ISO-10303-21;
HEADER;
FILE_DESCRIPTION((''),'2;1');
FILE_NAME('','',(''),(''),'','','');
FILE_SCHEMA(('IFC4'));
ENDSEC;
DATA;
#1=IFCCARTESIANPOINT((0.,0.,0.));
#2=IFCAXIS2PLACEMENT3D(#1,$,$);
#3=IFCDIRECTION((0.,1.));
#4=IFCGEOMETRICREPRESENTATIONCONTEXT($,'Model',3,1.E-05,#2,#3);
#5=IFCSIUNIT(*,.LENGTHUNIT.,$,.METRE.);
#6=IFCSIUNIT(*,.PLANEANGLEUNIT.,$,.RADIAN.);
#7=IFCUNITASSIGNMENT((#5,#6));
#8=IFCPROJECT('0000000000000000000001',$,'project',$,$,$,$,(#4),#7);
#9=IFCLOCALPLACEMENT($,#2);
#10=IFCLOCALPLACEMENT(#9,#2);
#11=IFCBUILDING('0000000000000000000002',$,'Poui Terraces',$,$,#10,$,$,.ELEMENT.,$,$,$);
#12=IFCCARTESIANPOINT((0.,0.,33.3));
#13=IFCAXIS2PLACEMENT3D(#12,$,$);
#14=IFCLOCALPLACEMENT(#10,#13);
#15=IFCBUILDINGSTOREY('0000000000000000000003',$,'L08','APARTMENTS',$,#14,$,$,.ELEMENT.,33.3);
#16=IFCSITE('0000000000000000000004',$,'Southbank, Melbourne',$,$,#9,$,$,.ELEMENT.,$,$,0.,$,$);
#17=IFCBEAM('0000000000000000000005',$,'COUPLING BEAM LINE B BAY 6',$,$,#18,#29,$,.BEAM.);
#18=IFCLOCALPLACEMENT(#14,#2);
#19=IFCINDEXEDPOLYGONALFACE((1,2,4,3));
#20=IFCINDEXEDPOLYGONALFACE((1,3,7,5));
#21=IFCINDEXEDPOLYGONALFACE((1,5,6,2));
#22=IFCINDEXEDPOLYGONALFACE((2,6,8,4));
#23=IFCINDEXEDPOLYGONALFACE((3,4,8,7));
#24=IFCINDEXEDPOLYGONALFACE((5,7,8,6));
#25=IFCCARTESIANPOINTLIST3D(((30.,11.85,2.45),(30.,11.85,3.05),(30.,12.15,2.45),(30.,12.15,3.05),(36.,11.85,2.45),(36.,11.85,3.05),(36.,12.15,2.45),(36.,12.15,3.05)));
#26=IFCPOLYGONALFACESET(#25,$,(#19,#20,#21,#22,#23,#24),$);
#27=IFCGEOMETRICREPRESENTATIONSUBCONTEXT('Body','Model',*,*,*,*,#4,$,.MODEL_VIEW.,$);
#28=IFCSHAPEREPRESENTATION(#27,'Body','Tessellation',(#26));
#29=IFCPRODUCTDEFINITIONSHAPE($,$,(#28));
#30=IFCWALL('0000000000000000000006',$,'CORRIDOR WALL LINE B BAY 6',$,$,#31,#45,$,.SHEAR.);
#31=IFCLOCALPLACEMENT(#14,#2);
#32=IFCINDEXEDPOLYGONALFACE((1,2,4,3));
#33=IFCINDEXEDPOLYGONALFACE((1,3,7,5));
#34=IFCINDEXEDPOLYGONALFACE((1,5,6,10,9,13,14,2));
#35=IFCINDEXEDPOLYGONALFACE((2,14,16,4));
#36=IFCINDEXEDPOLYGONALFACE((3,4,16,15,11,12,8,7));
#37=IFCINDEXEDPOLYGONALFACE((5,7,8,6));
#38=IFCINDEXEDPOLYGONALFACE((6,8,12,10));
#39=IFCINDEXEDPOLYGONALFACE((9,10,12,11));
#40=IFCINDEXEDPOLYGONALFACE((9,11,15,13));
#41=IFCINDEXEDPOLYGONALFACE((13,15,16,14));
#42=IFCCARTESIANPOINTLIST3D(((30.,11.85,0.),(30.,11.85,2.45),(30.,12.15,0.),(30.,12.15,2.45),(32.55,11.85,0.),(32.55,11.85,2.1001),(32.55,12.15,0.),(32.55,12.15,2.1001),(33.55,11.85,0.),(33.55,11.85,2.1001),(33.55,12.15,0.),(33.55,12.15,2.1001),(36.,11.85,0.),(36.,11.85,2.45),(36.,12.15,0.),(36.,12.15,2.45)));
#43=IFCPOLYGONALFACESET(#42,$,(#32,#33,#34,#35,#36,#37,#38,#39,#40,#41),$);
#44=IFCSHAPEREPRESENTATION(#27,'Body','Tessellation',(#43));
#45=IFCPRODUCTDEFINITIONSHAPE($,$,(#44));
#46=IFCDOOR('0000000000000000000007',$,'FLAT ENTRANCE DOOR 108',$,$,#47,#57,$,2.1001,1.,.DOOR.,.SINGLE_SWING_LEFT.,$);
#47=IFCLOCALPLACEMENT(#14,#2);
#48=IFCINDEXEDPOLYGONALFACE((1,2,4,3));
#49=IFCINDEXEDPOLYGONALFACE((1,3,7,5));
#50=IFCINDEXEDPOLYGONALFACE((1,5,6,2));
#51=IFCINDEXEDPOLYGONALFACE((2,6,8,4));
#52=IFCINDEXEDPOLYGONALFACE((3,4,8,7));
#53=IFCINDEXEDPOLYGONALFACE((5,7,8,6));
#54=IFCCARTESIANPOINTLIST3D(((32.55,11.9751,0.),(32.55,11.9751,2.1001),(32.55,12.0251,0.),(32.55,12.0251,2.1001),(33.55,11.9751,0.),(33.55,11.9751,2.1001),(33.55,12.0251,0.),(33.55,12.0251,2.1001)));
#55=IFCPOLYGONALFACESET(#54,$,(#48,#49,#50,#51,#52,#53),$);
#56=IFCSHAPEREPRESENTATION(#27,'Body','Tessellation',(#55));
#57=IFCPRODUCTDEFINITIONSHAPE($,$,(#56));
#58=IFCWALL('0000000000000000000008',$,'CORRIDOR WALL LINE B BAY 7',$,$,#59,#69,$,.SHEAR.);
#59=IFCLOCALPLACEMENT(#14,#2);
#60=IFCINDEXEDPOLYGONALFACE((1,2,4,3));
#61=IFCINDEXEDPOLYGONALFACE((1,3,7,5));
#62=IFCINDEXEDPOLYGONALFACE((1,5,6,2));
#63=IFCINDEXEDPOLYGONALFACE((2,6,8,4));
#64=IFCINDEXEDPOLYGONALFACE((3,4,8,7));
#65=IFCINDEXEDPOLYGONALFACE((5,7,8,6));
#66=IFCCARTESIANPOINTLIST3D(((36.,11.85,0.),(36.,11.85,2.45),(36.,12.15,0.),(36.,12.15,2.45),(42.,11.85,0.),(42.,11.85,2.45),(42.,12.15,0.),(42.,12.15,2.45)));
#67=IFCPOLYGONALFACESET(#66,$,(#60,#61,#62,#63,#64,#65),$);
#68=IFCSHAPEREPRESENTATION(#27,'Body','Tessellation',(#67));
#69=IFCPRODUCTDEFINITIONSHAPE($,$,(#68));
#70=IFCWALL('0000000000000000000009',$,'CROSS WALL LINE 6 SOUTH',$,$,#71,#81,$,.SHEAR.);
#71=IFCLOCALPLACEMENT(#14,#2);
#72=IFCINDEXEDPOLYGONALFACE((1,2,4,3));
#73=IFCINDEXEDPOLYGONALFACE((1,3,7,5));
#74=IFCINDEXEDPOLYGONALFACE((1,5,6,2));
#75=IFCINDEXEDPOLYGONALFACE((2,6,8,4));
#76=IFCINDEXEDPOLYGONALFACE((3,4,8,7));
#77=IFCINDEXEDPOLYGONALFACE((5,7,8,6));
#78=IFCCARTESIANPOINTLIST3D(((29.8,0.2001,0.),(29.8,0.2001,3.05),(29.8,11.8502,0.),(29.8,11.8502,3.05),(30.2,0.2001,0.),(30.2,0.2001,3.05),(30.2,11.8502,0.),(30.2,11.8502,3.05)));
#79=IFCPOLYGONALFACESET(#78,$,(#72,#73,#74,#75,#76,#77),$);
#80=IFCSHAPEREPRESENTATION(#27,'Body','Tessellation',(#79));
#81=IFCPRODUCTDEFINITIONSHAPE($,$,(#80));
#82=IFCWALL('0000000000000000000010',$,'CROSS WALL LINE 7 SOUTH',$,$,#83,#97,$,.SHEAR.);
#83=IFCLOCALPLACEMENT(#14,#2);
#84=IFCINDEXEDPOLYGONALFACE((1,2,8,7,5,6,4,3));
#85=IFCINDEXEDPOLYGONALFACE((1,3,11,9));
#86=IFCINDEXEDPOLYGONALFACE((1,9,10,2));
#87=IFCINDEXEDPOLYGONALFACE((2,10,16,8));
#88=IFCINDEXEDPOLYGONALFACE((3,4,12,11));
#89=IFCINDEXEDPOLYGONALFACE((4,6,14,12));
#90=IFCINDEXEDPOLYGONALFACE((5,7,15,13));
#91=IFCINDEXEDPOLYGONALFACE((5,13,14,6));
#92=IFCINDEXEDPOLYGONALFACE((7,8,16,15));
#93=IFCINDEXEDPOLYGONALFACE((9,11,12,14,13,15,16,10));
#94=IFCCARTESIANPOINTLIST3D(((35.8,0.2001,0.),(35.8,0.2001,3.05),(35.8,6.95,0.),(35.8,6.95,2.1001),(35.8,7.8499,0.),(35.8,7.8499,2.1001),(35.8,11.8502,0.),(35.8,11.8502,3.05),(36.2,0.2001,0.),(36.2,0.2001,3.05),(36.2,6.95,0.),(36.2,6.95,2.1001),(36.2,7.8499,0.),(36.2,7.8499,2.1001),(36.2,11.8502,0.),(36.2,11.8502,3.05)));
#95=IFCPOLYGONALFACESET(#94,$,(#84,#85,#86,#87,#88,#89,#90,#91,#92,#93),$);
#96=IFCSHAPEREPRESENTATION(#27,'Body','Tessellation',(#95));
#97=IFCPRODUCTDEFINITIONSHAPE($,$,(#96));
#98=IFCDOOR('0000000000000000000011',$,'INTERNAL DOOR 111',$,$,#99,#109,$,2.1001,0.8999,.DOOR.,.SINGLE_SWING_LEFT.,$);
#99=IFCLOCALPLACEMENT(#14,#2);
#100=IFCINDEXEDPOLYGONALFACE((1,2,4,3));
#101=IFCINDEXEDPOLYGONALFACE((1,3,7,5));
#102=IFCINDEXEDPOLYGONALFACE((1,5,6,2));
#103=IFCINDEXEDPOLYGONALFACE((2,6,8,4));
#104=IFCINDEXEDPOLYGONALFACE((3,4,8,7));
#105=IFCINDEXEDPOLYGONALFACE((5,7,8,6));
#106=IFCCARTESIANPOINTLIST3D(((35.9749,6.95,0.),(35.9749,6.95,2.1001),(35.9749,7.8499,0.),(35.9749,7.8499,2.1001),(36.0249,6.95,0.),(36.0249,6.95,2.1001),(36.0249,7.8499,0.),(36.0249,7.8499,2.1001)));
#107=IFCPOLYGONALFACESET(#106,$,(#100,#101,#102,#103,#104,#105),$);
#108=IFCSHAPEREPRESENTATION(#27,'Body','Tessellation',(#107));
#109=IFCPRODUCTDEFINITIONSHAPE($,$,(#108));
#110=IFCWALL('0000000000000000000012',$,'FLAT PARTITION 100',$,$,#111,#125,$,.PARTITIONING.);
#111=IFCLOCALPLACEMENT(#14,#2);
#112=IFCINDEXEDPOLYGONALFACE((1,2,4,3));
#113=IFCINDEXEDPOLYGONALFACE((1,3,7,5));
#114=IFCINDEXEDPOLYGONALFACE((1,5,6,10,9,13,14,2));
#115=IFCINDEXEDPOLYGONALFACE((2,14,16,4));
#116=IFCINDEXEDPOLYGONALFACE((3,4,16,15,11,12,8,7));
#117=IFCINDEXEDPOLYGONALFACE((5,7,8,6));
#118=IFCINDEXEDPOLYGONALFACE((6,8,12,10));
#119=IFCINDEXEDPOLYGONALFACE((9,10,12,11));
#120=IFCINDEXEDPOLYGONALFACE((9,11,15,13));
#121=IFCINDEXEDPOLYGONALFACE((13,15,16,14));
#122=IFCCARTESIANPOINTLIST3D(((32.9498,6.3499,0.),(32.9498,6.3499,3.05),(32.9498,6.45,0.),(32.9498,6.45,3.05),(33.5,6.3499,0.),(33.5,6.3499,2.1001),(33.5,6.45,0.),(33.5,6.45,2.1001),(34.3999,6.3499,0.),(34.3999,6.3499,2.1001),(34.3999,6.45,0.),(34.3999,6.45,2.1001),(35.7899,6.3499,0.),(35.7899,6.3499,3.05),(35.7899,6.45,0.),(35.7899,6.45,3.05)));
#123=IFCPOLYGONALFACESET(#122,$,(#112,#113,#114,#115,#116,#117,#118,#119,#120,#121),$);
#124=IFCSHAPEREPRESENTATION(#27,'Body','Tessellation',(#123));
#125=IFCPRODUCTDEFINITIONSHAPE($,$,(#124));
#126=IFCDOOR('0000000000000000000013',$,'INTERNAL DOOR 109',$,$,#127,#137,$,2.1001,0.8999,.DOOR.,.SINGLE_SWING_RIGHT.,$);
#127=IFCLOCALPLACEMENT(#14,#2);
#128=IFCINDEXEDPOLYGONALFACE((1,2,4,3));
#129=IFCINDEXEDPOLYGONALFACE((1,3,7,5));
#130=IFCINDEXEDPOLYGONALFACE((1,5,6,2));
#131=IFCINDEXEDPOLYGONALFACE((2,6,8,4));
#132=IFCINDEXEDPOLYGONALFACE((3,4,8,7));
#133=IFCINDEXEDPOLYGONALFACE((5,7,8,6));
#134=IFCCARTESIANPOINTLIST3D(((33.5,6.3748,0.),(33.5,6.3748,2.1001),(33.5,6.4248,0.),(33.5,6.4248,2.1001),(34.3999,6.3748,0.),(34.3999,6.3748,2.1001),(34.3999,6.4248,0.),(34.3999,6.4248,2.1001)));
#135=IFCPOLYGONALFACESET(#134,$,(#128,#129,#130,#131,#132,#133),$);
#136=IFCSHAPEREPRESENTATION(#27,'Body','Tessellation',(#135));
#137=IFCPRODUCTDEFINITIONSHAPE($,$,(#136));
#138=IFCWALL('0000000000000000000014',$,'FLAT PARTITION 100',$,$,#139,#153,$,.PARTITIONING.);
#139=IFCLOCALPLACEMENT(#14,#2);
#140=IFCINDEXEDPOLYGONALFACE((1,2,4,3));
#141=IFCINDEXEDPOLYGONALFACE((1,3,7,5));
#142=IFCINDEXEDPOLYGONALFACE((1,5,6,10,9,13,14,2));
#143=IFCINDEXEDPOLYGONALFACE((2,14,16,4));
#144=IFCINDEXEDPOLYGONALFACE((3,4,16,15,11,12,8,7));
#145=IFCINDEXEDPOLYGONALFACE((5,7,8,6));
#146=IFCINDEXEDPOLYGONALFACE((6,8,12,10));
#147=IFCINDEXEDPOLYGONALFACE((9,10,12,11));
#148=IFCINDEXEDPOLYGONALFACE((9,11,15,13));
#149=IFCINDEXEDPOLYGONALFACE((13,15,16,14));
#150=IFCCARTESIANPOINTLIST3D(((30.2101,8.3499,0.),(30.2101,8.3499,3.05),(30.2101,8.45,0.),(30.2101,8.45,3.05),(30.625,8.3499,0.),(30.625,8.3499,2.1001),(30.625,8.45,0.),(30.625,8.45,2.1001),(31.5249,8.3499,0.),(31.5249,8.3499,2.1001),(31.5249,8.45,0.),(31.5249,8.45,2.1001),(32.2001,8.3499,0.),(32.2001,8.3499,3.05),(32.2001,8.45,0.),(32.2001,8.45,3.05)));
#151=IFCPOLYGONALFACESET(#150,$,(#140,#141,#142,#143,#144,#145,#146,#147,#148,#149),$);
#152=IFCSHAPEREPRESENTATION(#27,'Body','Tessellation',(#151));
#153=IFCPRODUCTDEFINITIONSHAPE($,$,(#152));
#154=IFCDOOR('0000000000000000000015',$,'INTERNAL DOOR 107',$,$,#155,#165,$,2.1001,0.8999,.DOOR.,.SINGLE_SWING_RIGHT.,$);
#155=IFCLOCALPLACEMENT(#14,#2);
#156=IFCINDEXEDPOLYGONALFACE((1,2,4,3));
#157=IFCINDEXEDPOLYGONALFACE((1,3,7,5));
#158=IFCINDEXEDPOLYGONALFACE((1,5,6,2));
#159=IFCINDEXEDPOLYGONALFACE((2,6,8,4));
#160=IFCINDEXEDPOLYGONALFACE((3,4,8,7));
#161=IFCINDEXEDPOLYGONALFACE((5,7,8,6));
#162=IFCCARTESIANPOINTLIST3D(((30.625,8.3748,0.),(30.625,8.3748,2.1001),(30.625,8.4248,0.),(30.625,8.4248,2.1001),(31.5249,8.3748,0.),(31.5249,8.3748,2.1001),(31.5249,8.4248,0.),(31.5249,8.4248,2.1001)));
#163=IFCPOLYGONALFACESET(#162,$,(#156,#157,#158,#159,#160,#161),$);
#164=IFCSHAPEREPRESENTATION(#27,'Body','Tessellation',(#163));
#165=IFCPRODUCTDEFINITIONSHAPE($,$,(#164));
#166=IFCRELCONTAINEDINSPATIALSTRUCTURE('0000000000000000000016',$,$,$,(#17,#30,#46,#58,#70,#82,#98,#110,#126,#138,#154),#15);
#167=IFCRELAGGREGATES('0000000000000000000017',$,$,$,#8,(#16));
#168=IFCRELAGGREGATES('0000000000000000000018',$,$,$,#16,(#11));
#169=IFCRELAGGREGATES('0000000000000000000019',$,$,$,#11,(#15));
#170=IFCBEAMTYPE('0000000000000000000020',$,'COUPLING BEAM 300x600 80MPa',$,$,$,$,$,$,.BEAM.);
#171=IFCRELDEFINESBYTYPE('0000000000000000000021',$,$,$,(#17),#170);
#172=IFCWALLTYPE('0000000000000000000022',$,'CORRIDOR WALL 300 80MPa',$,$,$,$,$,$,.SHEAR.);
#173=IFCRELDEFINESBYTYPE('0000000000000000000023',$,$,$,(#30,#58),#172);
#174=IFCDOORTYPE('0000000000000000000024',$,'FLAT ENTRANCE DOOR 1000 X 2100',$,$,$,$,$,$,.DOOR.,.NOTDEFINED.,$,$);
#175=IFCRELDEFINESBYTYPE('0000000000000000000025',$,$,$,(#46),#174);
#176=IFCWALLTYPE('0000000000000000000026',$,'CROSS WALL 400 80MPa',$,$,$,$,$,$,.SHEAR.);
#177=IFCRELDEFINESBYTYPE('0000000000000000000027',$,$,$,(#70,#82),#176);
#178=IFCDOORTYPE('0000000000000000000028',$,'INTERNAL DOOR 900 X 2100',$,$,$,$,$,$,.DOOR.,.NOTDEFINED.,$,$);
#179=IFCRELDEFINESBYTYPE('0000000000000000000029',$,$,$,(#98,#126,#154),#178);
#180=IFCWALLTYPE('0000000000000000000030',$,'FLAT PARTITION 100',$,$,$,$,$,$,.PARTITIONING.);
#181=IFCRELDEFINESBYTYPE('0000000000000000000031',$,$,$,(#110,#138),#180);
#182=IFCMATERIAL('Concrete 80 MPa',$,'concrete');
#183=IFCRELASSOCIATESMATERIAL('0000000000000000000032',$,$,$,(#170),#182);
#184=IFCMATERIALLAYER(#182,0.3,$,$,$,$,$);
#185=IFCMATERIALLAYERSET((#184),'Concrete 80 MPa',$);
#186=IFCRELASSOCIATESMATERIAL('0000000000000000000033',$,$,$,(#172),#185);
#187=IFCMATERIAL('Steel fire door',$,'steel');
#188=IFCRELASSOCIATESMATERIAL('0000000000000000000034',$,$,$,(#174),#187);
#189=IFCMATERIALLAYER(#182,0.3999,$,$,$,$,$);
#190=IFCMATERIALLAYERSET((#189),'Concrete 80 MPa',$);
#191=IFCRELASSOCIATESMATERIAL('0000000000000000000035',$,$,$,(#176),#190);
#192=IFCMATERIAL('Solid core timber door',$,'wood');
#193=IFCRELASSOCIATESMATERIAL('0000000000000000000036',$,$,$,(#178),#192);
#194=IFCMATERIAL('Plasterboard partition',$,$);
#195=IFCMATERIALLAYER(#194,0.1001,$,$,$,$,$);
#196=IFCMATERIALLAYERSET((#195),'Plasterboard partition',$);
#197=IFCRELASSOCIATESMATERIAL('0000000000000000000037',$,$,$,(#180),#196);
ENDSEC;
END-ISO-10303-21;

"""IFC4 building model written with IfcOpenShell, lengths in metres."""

from ifc_helpers import new_model, si_unit, direction, frame, frame_2d, origin, origin_2d, place, context, subcontext, project, spatial, rectangle, extrude, source, transform, mapped, material, layer, layer_set, material_profile, profile_set, type_object, element, fill, save


model = new_model("IFC4")

# Units and contexts
model_context = context("Model", 3, precision=1e-05, world=origin(), true_north=direction((0.0, 1.0)))
body_context = subcontext(model_context, "Body", "Model", "MODEL_VIEW")
ifc_project = project(units=[si_unit("LENGTHUNIT", "METRE"), si_unit("PLANEANGLEUNIT", "RADIAN")], contexts=[model_context])

# Site, building, storey
site_placement = place(None, origin())
site = spatial("IfcSite", under=ifc_project, at=site_placement, Name="Southbank, Melbourne", CompositionType="ELEMENT", RefElevation=0.0)
building_placement = place(site_placement, origin())
building = spatial("IfcBuilding", under=site, at=building_placement, Name="Poui Terraces", CompositionType="ELEMENT")
storey_placement = place(building_placement, frame((0.0, 0.0, 33.3)))
storey = spatial("IfcBuildingStorey", under=building, at=storey_placement, Name="L08", Description="APARTMENTS", CompositionType="ELEMENT", Elevation=33.3)

# Beam
ifc_material_1 = material(Name="Concrete 80 MPa", Category="concrete")
ifc_material_profile = material_profile(ifc_material_1, rectangle(XDim=0.3, YDim=0.6001, at=origin_2d()), Name="RC 300x600")
ifc_profile_set = profile_set([ifc_material_profile], Name="Concrete 80 MPa")
beam_type = type_object("IfcBeamType", Name="COUPLING BEAM 300x600 80MPa", PredefinedType="BEAM", material=ifc_profile_set)
shared_shape_1 = source(origin(), body_context, "Body", "SweptSolid", [
    extrude(rectangle(XDim=0.3, YDim=0.6001, at=origin_2d()), origin(), (0.0, 0.0, 1.0), 6.0),
])
beam_placement = place(storey_placement, frame((30.0, 12.0, 2.75), z_axis=(1.0, 0.0, 0.0), x_axis=(0.0, 1.0, 0.0)))
element("IfcBeam", 1, at=beam_placement, inside=storey, type_object=beam_type, Name="COUPLING BEAM LINE B BAY 6", PredefinedType="BEAM", context=body_context, shape_type="MappedRepresentation", body=[
    mapped(shared_shape_1, transform((0.0, 0.0, 0.0))),
])

# Wall, opening, door
ifc_layer_1 = layer(ifc_material_1, 0.3)
ifc_layer_set_1 = layer_set([ifc_layer_1], Name="Concrete 80 MPa")
wall_type_1 = type_object("IfcWallType", Name="CORRIDOR WALL 300 80MPa", PredefinedType="SHEAR", material=ifc_layer_set_1)
wall_1_placement = place(storey_placement, frame((30.0, 12.0, 0.0), z_axis=(0.0, 0.0, 1.0), x_axis=(1.0, 0.0, 0.0)))
wall_1 = element("IfcWall", 2, at=wall_1_placement, inside=storey, type_object=wall_type_1, Name="CORRIDOR WALL LINE B BAY 6", PredefinedType="SHEAR", context=body_context, shape_type="SweptSolid", body=[
    extrude(rectangle(XDim=6.0, YDim=0.3, at=frame_2d((3.0, 0.0))), origin(), (0.0, 0.0, 1.0), 2.45),
])
opening_1_placement = place(wall_1_placement, frame((2.55, 0.0, 0.0)))
opening_1 = element("IfcOpeningElement", 3, at=opening_1_placement, cuts=wall_1, PredefinedType="OPENING", context=body_context, shape_type="SweptSolid", body=[
    extrude(rectangle(XDim=1.0, YDim=2.1001, at=frame_2d((0.5, 1.05))), frame((0.0, 0.1602, 0.0), z_axis=(0.0, -1.0, 0.0), x_axis=(1.0, 0.0, 0.0)), (0.0, 0.0, 1.0), 0.3201),
])
ifc_material_2 = material(Name="Steel fire door", Category="steel")
door_type_1 = type_object("IfcDoorType", Name="FLAT ENTRANCE DOOR 1000 X 2100", OperationType="NOTDEFINED", PredefinedType="DOOR", material=ifc_material_2)
door_1_placement = place(opening_1_placement, frame((1.0, 0.0, 0.0), z_axis=(0.0, 0.0, 1.0), x_axis=(-1.0, 0.0, 0.0)))
door_1 = element("IfcDoor", 4, at=door_1_placement, inside=storey, type_object=door_type_1, Name="FLAT ENTRANCE DOOR 108", OperationType="SINGLE_SWING_LEFT", OverallHeight=2.1001, OverallWidth=1.0, PredefinedType="DOOR", context=body_context, shape_type="SweptSolid", body=[
    extrude(rectangle(XDim=1.0, YDim=2.1001, at=frame_2d((0.5, 1.05))), frame((0.0, 0.0249, 0.0), z_axis=(0.0, -1.0, 0.0), x_axis=(1.0, 0.0, 0.0)), (0.0, 0.0, 1.0), 0.05),
])
fill(opening_1, door_1)

# Walls
wall_2_placement = place(storey_placement, frame((36.0, 12.0, 0.0), z_axis=(0.0, 0.0, 1.0), x_axis=(1.0, 0.0, 0.0)))
element("IfcWall", 5, at=wall_2_placement, inside=storey, type_object=wall_type_1, Name="CORRIDOR WALL LINE B BAY 7", PredefinedType="SHEAR", context=body_context, shape_type="SweptSolid", body=[
    extrude(rectangle(XDim=6.0, YDim=0.3, at=frame_2d((3.0, 0.0))), origin(), (0.0, 0.0, 1.0), 2.45),
])
ifc_layer_2 = layer(ifc_material_1, 0.3999)
ifc_layer_set_2 = layer_set([ifc_layer_2], Name="Concrete 80 MPa")
wall_type_2 = type_object("IfcWallType", Name="CROSS WALL 400 80MPa", PredefinedType="SHEAR", material=ifc_layer_set_2)
wall_3_placement = place(storey_placement, frame((30.0, 0.2, 0.0), z_axis=(0.0, 0.0, 1.0), x_axis=(0.0, 1.0, 0.0)))
element("IfcWall", 6, at=wall_3_placement, inside=storey, type_object=wall_type_2, Name="CROSS WALL LINE 6 SOUTH", PredefinedType="SHEAR", context=body_context, shape_type="SweptSolid", body=[
    extrude(rectangle(XDim=11.6501, YDim=0.3999, at=frame_2d((5.8252, 0.0))), origin(), (0.0, 0.0, 1.0), 3.05),
])

# Walls, openings, doors
wall_4_placement = place(storey_placement, frame((36.0, 0.2, 0.0), z_axis=(0.0, 0.0, 1.0), x_axis=(0.0, 1.0, 0.0)))
wall_4 = element("IfcWall", 7, at=wall_4_placement, inside=storey, type_object=wall_type_2, Name="CROSS WALL LINE 7 SOUTH", PredefinedType="SHEAR", context=body_context, shape_type="SweptSolid", body=[
    extrude(rectangle(XDim=11.6501, YDim=0.3999, at=frame_2d((5.8252, 0.0))), origin(), (0.0, 0.0, 1.0), 3.05),
])
opening_2_placement = place(wall_4_placement, frame((6.75, 0.0, 0.0)))
opening_2 = element("IfcOpeningElement", 8, at=opening_2_placement, cuts=wall_4, PredefinedType="OPENING", context=body_context, shape_type="SweptSolid", body=[
    extrude(rectangle(XDim=0.8999, YDim=2.1001, at=frame_2d((0.45, 1.05))), frame((0.0, 0.21, 0.0), z_axis=(0.0, -1.0, 0.0), x_axis=(1.0, 0.0, 0.0)), (0.0, 0.0, 1.0), 0.4199),
])
ifc_material_3 = material(Name="Solid core timber door", Category="wood")
door_type_2 = type_object("IfcDoorType", Name="INTERNAL DOOR 900 X 2100", OperationType="NOTDEFINED", PredefinedType="DOOR", material=ifc_material_3)
door_2_placement = place(opening_2_placement, frame((0.8999, 0.0, 0.0), z_axis=(0.0, 0.0, 1.0), x_axis=(-1.0, 0.0, 0.0)))
door_2 = element("IfcDoor", 9, at=door_2_placement, inside=storey, type_object=door_type_2, Name="INTERNAL DOOR 111", OperationType="SINGLE_SWING_LEFT", OverallHeight=2.1001, OverallWidth=0.8999, PredefinedType="DOOR", context=body_context, shape_type="SweptSolid", body=[
    extrude(rectangle(XDim=0.8999, YDim=2.1001, at=frame_2d((0.45, 1.05))), frame((0.0, 0.0249, 0.0), z_axis=(0.0, -1.0, 0.0), x_axis=(1.0, 0.0, 0.0)), (0.0, 0.0, 1.0), 0.05),
])
fill(opening_2, door_2)
ifc_material_4 = material(Name="Plasterboard partition")
ifc_layer_3 = layer(ifc_material_4, 0.1001)
ifc_layer_set_3 = layer_set([ifc_layer_3], Name="Plasterboard partition")
wall_type_3 = type_object("IfcWallType", Name="FLAT PARTITION 100", PredefinedType="PARTITIONING", material=ifc_layer_set_3)
wall_5_placement = place(storey_placement, frame((32.95, 6.3999, 0.0), z_axis=(0.0, 0.0, 1.0), x_axis=(1.0, 0.0, 0.0)))
wall_5 = element("IfcWall", 10, at=wall_5_placement, inside=storey, type_object=wall_type_3, Name="FLAT PARTITION 100", PredefinedType="PARTITIONING", context=body_context, shape_type="SweptSolid", body=[
    extrude(rectangle(XDim=2.8401, YDim=0.1001, at=frame_2d((1.4199, 0.0))), origin(), (0.0, 0.0, 1.0), 3.05),
])
opening_3_placement = place(wall_5_placement, frame((0.55, 0.0, 0.0)))
opening_3 = element("IfcOpeningElement", 11, at=opening_3_placement, cuts=wall_5, PredefinedType="OPENING", context=body_context, shape_type="SweptSolid", body=[
    extrude(rectangle(XDim=0.8999, YDim=2.1001, at=frame_2d((0.45, 1.05))), frame((0.0, 0.0601, 0.0), z_axis=(0.0, -1.0, 0.0), x_axis=(1.0, 0.0, 0.0)), (0.0, 0.0, 1.0), 0.1201),
])
door_3_placement = place(opening_3_placement, origin())
door_3 = element("IfcDoor", 12, at=door_3_placement, inside=storey, type_object=door_type_2, Name="INTERNAL DOOR 109", OperationType="SINGLE_SWING_RIGHT", OverallHeight=2.1001, OverallWidth=0.8999, PredefinedType="DOOR", context=body_context, shape_type="SweptSolid", body=[
    extrude(rectangle(XDim=0.8999, YDim=2.1001, at=frame_2d((0.45, 1.05))), frame((0.0, 0.0249, 0.0), z_axis=(0.0, -1.0, 0.0), x_axis=(1.0, 0.0, 0.0)), (0.0, 0.0, 1.0), 0.05),
])
fill(opening_3, door_3)
wall_6_placement = place(storey_placement, frame((30.21, 8.3999, 0.0), z_axis=(0.0, 0.0, 1.0), x_axis=(1.0, 0.0, 0.0)))
wall_6 = element("IfcWall", 13, at=wall_6_placement, inside=storey, type_object=wall_type_3, Name="FLAT PARTITION 100", PredefinedType="PARTITIONING", context=body_context, shape_type="SweptSolid", body=[
    extrude(rectangle(XDim=1.99, YDim=0.1001, at=frame_2d((0.9951, 0.0))), origin(), (0.0, 0.0, 1.0), 3.05),
])
opening_4_placement = place(wall_6_placement, frame((0.415, 0.0, 0.0)))
opening_4 = element("IfcOpeningElement", 14, at=opening_4_placement, cuts=wall_6, PredefinedType="OPENING", context=body_context, shape_type="SweptSolid", body=[
    extrude(rectangle(XDim=0.8999, YDim=2.1001, at=frame_2d((0.45, 1.05))), frame((0.0, 0.0601, 0.0), z_axis=(0.0, -1.0, 0.0), x_axis=(1.0, 0.0, 0.0)), (0.0, 0.0, 1.0), 0.1201),
])
door_4_placement = place(opening_4_placement, origin())
door_4 = element("IfcDoor", 15, at=door_4_placement, inside=storey, type_object=door_type_2, Name="INTERNAL DOOR 107", OperationType="SINGLE_SWING_RIGHT", OverallHeight=2.1001, OverallWidth=0.8999, PredefinedType="DOOR", context=body_context, shape_type="SweptSolid", body=[
    extrude(rectangle(XDim=0.8999, YDim=2.1001, at=frame_2d((0.45, 1.05))), frame((0.0, 0.0249, 0.0), z_axis=(0.0, -1.0, 0.0), x_axis=(1.0, 0.0, 0.0)), (0.0, 0.0, 1.0), 0.05),
])
fill(opening_4, door_4)

save(model, "model.ifc")
